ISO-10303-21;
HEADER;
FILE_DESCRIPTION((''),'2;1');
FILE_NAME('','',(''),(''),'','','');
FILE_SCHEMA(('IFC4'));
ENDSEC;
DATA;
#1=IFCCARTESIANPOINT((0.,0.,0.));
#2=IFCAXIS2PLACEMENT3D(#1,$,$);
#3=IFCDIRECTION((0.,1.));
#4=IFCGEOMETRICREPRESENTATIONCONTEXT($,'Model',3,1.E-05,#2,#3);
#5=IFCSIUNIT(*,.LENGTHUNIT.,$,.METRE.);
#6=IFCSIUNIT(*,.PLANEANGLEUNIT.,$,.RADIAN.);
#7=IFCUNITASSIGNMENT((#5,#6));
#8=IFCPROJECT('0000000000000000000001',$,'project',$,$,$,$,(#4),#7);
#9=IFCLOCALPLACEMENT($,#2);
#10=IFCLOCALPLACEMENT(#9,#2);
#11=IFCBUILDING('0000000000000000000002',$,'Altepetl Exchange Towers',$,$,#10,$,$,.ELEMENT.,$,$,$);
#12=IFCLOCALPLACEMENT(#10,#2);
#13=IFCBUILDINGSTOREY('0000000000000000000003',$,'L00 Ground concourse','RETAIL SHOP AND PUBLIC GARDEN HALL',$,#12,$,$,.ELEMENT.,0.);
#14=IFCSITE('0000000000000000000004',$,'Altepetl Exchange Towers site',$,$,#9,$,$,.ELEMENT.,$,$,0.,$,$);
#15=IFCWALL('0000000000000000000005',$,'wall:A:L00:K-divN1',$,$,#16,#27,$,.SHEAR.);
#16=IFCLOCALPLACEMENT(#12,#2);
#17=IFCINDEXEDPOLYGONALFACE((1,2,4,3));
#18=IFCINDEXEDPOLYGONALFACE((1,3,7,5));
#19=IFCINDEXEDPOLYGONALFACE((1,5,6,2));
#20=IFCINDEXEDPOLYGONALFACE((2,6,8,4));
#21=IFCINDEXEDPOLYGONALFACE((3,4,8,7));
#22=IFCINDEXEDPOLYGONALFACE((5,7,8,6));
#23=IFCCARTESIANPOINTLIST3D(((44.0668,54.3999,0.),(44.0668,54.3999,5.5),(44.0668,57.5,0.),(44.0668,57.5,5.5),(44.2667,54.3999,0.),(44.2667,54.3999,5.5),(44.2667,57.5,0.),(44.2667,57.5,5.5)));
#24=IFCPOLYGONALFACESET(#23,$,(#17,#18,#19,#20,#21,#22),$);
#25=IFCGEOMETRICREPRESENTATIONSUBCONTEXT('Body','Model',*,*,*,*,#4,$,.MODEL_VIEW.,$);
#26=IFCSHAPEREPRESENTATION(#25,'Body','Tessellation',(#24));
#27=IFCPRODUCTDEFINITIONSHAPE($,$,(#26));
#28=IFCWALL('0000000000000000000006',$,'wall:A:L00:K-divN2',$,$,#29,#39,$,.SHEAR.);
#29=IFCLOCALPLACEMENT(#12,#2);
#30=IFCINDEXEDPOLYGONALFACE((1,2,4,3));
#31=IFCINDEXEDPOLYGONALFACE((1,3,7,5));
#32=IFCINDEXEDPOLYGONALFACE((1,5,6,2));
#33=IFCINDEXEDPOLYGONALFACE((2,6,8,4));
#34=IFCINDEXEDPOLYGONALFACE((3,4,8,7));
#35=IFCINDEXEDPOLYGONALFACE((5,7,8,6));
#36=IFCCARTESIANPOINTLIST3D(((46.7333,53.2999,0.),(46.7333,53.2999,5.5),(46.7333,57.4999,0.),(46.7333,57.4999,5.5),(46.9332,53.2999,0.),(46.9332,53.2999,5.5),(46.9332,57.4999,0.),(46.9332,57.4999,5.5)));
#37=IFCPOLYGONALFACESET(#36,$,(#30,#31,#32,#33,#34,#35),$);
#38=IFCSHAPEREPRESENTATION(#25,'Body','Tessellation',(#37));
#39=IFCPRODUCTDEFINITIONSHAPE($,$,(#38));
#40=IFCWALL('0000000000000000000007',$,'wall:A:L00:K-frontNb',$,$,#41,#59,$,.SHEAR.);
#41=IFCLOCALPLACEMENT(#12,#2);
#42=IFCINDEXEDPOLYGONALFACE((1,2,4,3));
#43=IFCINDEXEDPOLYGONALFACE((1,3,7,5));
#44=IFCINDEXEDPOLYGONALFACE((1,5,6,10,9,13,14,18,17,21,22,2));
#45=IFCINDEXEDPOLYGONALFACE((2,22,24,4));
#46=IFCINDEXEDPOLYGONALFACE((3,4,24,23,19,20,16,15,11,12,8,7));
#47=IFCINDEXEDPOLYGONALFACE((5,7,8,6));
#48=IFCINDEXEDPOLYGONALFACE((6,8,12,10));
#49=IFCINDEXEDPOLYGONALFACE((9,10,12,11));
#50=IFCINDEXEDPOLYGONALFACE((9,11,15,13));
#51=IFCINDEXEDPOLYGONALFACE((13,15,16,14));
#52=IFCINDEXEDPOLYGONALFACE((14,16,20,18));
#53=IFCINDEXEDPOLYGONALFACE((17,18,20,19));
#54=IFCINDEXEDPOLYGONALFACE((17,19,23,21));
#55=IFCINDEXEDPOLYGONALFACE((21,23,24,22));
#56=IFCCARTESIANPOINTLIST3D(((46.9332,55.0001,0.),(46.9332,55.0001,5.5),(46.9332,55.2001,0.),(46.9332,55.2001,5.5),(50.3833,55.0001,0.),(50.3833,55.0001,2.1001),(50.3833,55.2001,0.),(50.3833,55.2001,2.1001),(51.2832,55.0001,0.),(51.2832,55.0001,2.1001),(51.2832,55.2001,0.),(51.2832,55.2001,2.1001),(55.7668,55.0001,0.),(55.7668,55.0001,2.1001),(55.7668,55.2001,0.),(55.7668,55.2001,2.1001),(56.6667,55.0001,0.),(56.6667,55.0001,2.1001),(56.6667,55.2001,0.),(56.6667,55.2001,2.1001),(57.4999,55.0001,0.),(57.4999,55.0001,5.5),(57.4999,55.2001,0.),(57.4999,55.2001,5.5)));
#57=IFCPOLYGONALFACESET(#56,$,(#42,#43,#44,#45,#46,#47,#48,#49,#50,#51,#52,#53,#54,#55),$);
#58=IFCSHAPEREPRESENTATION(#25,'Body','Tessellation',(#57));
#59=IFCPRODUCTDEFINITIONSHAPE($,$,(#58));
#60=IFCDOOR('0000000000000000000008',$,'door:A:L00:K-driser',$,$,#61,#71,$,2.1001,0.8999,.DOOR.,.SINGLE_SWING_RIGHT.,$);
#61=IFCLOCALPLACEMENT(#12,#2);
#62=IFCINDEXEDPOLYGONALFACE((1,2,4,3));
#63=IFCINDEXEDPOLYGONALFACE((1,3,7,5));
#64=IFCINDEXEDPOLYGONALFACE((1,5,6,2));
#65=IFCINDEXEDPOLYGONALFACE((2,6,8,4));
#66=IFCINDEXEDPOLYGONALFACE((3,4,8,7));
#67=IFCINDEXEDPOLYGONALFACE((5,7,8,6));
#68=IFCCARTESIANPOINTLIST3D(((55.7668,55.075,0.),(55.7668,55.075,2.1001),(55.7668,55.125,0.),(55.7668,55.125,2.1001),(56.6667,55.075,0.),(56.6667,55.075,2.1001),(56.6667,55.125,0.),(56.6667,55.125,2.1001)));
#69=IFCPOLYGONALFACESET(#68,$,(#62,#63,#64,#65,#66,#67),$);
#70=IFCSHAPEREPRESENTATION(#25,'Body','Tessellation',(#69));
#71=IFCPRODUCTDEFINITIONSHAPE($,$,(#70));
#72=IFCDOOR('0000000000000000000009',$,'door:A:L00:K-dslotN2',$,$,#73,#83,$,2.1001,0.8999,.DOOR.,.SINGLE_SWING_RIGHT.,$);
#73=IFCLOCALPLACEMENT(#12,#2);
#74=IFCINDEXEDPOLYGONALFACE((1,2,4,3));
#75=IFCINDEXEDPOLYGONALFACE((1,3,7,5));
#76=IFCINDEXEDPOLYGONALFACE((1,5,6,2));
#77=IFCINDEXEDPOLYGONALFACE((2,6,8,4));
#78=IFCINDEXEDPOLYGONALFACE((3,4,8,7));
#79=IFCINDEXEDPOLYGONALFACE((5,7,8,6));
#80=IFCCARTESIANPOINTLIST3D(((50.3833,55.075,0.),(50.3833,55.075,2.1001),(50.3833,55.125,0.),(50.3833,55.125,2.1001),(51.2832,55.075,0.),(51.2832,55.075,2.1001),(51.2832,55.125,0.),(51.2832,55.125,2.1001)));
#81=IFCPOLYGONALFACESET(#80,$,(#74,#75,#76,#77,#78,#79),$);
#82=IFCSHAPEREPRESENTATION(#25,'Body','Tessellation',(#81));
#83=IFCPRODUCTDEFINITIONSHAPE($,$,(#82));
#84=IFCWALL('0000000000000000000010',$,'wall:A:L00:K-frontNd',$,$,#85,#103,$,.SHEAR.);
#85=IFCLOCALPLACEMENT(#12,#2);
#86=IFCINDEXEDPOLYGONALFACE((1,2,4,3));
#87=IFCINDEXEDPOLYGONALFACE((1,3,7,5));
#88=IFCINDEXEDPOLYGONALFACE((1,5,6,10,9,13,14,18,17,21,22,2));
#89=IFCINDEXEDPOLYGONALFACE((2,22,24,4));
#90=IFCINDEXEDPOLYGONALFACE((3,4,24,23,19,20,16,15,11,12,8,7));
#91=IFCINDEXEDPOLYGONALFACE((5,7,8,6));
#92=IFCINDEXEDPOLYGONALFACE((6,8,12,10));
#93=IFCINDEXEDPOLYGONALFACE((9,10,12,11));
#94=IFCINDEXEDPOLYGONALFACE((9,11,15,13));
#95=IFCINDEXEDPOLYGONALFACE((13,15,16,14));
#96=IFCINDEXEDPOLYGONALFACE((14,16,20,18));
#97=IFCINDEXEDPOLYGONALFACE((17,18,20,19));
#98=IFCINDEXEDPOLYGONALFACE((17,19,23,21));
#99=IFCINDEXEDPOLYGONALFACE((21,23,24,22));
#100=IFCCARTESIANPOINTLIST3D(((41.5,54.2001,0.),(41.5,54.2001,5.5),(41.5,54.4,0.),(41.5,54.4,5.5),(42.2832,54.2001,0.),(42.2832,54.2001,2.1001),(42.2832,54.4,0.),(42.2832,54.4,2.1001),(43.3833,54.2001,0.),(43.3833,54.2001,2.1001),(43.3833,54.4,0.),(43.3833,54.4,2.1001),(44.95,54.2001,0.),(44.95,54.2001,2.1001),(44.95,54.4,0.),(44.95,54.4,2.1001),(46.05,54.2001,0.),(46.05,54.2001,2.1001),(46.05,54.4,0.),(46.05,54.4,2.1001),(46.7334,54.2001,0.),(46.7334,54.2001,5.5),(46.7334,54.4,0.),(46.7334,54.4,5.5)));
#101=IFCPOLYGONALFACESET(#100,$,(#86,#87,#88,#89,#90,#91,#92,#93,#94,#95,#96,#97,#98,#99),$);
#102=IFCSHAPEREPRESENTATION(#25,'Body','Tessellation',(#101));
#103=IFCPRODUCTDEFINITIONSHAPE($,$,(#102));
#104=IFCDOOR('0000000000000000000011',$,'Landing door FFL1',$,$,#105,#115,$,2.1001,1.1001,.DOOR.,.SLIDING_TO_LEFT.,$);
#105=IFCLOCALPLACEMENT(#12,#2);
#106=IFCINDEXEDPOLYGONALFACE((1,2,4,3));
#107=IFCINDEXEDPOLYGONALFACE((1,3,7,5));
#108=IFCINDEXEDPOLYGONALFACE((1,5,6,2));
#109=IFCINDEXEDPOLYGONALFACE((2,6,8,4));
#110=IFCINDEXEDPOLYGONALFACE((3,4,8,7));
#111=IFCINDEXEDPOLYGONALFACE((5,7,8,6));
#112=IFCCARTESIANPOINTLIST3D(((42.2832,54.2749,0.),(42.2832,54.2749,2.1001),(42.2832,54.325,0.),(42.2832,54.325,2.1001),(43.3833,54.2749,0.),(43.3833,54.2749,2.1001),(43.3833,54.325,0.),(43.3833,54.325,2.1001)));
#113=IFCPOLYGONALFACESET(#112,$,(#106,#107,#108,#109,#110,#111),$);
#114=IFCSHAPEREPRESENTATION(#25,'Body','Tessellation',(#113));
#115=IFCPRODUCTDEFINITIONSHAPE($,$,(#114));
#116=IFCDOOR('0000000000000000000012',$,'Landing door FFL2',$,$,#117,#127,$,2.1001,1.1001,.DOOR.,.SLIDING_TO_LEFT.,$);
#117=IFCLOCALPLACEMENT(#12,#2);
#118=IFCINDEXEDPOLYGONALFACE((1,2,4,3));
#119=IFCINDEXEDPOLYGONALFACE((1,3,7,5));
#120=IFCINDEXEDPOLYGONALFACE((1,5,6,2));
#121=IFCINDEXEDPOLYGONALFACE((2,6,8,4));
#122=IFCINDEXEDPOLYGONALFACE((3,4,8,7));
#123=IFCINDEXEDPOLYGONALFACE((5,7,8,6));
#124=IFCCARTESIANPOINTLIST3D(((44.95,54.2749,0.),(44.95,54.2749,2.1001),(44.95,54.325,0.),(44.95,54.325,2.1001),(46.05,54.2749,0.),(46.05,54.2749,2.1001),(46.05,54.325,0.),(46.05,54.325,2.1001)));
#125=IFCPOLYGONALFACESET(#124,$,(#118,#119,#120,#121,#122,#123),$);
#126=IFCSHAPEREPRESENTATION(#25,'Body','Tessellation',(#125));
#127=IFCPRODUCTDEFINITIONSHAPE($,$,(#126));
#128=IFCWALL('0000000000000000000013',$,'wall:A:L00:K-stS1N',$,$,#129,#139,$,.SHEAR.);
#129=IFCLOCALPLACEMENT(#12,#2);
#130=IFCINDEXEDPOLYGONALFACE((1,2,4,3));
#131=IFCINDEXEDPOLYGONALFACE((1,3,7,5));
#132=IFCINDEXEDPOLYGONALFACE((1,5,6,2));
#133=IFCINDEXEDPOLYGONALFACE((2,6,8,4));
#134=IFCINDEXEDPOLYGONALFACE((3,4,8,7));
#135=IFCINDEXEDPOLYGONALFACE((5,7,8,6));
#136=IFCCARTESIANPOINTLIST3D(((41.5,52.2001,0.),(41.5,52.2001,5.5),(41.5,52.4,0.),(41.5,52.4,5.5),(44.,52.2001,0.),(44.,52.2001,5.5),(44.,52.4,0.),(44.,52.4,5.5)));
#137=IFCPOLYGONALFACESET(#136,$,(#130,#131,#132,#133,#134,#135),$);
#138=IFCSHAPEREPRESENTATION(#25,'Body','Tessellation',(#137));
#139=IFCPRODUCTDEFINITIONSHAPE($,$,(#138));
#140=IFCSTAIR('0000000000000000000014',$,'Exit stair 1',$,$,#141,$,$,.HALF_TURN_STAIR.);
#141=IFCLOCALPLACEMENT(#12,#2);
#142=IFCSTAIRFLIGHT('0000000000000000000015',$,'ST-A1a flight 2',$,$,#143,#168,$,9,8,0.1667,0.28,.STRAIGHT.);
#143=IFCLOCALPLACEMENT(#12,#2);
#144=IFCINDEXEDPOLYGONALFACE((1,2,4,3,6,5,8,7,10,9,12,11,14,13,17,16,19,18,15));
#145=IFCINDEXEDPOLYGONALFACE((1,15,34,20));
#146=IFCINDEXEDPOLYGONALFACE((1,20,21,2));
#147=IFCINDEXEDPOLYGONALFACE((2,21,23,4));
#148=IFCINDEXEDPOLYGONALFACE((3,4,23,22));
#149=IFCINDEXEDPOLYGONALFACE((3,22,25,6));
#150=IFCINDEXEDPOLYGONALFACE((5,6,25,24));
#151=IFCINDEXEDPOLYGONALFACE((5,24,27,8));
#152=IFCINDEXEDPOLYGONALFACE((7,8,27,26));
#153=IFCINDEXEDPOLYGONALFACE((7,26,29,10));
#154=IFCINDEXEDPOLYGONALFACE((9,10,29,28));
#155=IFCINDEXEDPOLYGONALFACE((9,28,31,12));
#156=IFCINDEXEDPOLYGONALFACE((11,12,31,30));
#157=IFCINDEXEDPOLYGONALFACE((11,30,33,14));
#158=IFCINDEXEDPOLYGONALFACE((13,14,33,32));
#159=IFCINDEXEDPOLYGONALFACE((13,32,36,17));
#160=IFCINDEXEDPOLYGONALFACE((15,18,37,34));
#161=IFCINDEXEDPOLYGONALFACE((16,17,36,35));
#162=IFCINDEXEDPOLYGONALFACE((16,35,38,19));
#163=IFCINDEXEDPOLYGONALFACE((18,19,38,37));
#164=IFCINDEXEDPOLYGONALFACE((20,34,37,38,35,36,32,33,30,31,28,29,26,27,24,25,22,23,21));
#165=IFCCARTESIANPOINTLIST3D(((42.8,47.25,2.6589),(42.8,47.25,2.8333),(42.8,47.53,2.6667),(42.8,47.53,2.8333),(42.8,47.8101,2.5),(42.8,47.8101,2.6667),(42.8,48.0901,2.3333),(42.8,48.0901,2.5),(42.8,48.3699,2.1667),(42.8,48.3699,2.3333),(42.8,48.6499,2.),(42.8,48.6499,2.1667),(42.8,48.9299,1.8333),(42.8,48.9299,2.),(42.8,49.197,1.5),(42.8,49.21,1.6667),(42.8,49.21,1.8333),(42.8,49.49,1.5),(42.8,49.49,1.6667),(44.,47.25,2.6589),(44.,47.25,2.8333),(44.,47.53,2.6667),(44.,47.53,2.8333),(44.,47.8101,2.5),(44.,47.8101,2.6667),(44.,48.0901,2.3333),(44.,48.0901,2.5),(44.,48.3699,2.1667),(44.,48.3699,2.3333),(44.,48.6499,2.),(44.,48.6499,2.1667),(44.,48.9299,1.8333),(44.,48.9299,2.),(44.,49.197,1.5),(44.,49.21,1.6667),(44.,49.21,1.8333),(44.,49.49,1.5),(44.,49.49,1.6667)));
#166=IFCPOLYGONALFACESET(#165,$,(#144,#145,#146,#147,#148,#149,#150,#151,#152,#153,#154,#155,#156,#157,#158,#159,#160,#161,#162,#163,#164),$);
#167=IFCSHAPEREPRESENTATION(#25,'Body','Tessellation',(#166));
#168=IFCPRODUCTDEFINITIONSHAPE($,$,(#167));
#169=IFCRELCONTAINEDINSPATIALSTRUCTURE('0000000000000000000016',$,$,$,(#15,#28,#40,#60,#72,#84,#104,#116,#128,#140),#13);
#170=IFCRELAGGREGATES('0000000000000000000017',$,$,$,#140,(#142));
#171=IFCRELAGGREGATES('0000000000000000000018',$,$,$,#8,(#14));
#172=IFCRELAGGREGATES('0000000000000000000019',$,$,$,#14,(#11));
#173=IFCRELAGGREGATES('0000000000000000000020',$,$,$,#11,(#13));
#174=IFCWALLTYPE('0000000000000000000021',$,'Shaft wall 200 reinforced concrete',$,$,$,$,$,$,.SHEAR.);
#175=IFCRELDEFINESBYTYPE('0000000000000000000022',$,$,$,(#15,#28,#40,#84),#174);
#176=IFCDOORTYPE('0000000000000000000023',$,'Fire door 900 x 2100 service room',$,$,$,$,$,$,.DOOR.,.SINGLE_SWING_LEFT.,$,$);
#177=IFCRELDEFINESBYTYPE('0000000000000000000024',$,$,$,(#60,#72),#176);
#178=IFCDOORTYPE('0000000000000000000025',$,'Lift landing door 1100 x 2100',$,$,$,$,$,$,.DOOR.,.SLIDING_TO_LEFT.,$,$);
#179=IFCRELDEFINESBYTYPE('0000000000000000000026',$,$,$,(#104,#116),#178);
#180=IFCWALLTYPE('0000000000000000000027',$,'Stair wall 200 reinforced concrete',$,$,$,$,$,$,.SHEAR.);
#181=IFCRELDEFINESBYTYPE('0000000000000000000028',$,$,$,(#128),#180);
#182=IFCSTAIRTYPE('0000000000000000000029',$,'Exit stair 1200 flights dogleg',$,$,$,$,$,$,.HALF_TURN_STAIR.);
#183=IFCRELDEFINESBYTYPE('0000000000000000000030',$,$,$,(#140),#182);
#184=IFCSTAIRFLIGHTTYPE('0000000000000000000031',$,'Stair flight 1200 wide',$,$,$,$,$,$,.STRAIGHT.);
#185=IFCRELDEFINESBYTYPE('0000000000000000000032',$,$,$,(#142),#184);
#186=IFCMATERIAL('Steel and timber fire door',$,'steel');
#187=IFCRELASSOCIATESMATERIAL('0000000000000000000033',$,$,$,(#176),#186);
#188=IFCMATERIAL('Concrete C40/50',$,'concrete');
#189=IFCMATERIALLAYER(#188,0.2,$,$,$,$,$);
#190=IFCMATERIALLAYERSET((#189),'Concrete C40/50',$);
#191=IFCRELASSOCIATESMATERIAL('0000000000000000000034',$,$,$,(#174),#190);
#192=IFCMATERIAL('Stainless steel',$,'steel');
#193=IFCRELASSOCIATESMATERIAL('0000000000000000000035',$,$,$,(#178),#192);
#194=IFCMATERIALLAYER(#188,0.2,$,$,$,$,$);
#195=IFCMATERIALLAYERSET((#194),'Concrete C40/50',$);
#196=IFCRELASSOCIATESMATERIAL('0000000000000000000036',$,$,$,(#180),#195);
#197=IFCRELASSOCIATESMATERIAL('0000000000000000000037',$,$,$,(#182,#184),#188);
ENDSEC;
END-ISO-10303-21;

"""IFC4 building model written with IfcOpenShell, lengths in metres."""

from ifc_helpers import new_model, si_unit, direction, frame, frame_2d, origin, place, context, subcontext, project, spatial, polyline, rectangle, outline, extrude, material, layer, layer_set, type_object, element, fill, aggregate, save


model = new_model("IFC4")

# Units and contexts
model_context = context("Model", 3, precision=1e-05, world=origin(), true_north=direction((0.0, 1.0)))
body_context = subcontext(model_context, "Body", "Model", "MODEL_VIEW")
ifc_project = project(units=[si_unit("LENGTHUNIT", "METRE"), si_unit("PLANEANGLEUNIT", "RADIAN")], contexts=[model_context])

# Site, building, storey
site_placement = place(None, origin())
site = spatial("IfcSite", under=ifc_project, at=site_placement, Name="Altepetl Exchange Towers site", CompositionType="ELEMENT", RefElevation=0.0)
building_placement = place(site_placement, origin())
building = spatial("IfcBuilding", under=site, at=building_placement, Name="Altepetl Exchange Towers", CompositionType="ELEMENT")
storey_placement = place(building_placement, origin())
storey = spatial("IfcBuildingStorey", under=building, at=storey_placement, Name="L00 Ground concourse", Description="RETAIL SHOP AND PUBLIC GARDEN HALL", CompositionType="ELEMENT", Elevation=0.0)

# Shared definitions
ifc_material_1 = material(Name="Steel and timber fire door", Category="steel")
door_type_1 = type_object("IfcDoorType", Name="Fire door 900 x 2100 service room", OperationType="SINGLE_SWING_LEFT", PredefinedType="DOOR", material=ifc_material_1)

# Walls
ifc_material_2 = material(Name="Concrete C40/50", Category="concrete")
ifc_layer_1 = layer(ifc_material_2, 0.2)
ifc_layer_set_1 = layer_set([ifc_layer_1], Name="Concrete C40/50")
wall_type_1 = type_object("IfcWallType", Name="Shaft wall 200 reinforced concrete", PredefinedType="SHEAR", material=ifc_layer_set_1)
wall_1_placement = place(storey_placement, frame((44.1667, 57.5, 0.0), z_axis=(0.0, 0.0, 1.0), x_axis=(0.0, -1.0, 0.0)))
element("IfcWall", 1, at=wall_1_placement, inside=storey, type_object=wall_type_1, Name="wall:A:L00:K-divN1", PredefinedType="SHEAR", context=body_context, shape_type="SweptSolid", body=[
    extrude(rectangle(XDim=3.1001, YDim=0.2, at=frame_2d((1.55, 0.0))), origin(), (0.0, 0.0, 1.0), 5.5),
])
wall_2_placement = place(storey_placement, frame((46.8333, 57.5, 0.0), z_axis=(0.0, 0.0, 1.0), x_axis=(0.0, -1.0, 0.0)))
element("IfcWall", 2, at=wall_2_placement, inside=storey, type_object=wall_type_1, Name="wall:A:L00:K-divN2", PredefinedType="SHEAR", context=body_context, shape_type="SweptSolid", body=[
    extrude(rectangle(XDim=4.2, YDim=0.2, at=frame_2d((2.1001, 0.0))), origin(), (0.0, 0.0, 1.0), 5.5),
])

# Walls, openings, doors
wall_3_placement = place(storey_placement, frame((46.9333, 55.1001, 0.0)))
wall_3 = element("IfcWall", 3, at=wall_3_placement, inside=storey, type_object=wall_type_1, Name="wall:A:L00:K-frontNb", PredefinedType="SHEAR", context=body_context, shape_type="SweptSolid", body=[
    extrude(rectangle(XDim=10.5667, YDim=0.2, at=frame_2d((5.2832, 0.0))), origin(), (0.0, 0.0, 1.0), 5.5),
])
opening_1_placement = place(wall_3_placement, frame((8.8335, 0.0, 0.0)))
opening_1 = element("IfcOpeningElement", 4, at=opening_1_placement, cuts=wall_3, PredefinedType="OPENING", context=body_context, shape_type="SweptSolid", body=[
    extrude(rectangle(XDim=0.8999, YDim=2.1001, at=frame_2d((0.45, 1.05))), frame((0.0, 0.1099, 0.0), z_axis=(0.0, -1.0, 0.0), x_axis=(1.0, 0.0, 0.0)), (0.0, 0.0, 1.0), 0.22),
])
opening_2_placement = place(wall_3_placement, frame((3.45, 0.0, 0.0)))
opening_2 = element("IfcOpeningElement", 5, at=opening_2_placement, cuts=wall_3, PredefinedType="OPENING", context=body_context, shape_type="SweptSolid", body=[
    extrude(rectangle(XDim=0.8999, YDim=2.1001, at=frame_2d((0.45, 1.05))), frame((0.0, 0.1099, 0.0), z_axis=(0.0, -1.0, 0.0), x_axis=(1.0, 0.0, 0.0)), (0.0, 0.0, 1.0), 0.22),
])
door_1_placement = place(opening_1_placement, origin())
door_1 = element("IfcDoor", 6, at=door_1_placement, inside=storey, type_object=door_type_1, Name="door:A:L00:K-driser", OperationType="SINGLE_SWING_RIGHT", OverallHeight=2.1001, OverallWidth=0.8999, PredefinedType="DOOR", context=body_context, shape_type="SweptSolid", body=[
    extrude(rectangle(XDim=0.8999, YDim=2.1001, at=frame_2d((0.45, 1.05))), frame((0.0, 0.0249, 0.0), z_axis=(0.0, -1.0, 0.0), x_axis=(1.0, 0.0, 0.0)), (0.0, 0.0, 1.0), 0.05),
])
fill(opening_1, door_1)
door_2_placement = place(opening_2_placement, origin())
door_2 = element("IfcDoor", 7, at=door_2_placement, inside=storey, type_object=door_type_1, Name="door:A:L00:K-dslotN2", OperationType="SINGLE_SWING_RIGHT", OverallHeight=2.1001, OverallWidth=0.8999, PredefinedType="DOOR", context=body_context, shape_type="SweptSolid", body=[
    extrude(rectangle(XDim=0.8999, YDim=2.1001, at=frame_2d((0.45, 1.05))), frame((0.0, 0.0249, 0.0), z_axis=(0.0, -1.0, 0.0), x_axis=(1.0, 0.0, 0.0)), (0.0, 0.0, 1.0), 0.05),
])
fill(opening_2, door_2)
wall_4_placement = place(storey_placement, frame((41.5, 54.3, 0.0)))
wall_4 = element("IfcWall", 8, at=wall_4_placement, inside=storey, type_object=wall_type_1, Name="wall:A:L00:K-frontNd", PredefinedType="SHEAR", context=body_context, shape_type="SweptSolid", body=[
    extrude(rectangle(XDim=5.2334, YDim=0.2, at=frame_2d((2.6167, 0.0))), origin(), (0.0, 0.0, 1.0), 5.5),
])
opening_3_placement = place(wall_4_placement, frame((0.7832, 0.0, 0.0)))
opening_3 = element("IfcOpeningElement", 9, at=opening_3_placement, cuts=wall_4, PredefinedType="OPENING", context=body_context, shape_type="SweptSolid", body=[
    extrude(rectangle(XDim=1.1001, YDim=2.1001, at=frame_2d((0.55, 1.05))), frame((0.0, 0.1099, 0.0), z_axis=(0.0, -1.0, 0.0), x_axis=(1.0, 0.0, 0.0)), (0.0, 0.0, 1.0), 0.22),
])
opening_4_placement = place(wall_4_placement, frame((3.45, 0.0, 0.0)))
opening_4 = element("IfcOpeningElement", 10, at=opening_4_placement, cuts=wall_4, PredefinedType="OPENING", context=body_context, shape_type="SweptSolid", body=[
    extrude(rectangle(XDim=1.1001, YDim=2.1001, at=frame_2d((0.55, 1.05))), frame((0.0, 0.1099, 0.0), z_axis=(0.0, -1.0, 0.0), x_axis=(1.0, 0.0, 0.0)), (0.0, 0.0, 1.0), 0.22),
])
ifc_material_3 = material(Name="Stainless steel", Category="steel")
door_type_2 = type_object("IfcDoorType", Name="Lift landing door 1100 x 2100", OperationType="SLIDING_TO_LEFT", PredefinedType="DOOR", material=ifc_material_3)
door_3_placement = place(opening_3_placement, origin())
door_3 = element("IfcDoor", 11, at=door_3_placement, inside=storey, type_object=door_type_2, Name="Landing door FFL1", OperationType="SLIDING_TO_LEFT", OverallHeight=2.1001, OverallWidth=1.1001, PredefinedType="DOOR", context=body_context, shape_type="SweptSolid", body=[
    extrude(rectangle(XDim=1.1001, YDim=2.1001, at=frame_2d((0.55, 1.05))), frame((0.0, 0.0249, 0.0), z_axis=(0.0, -1.0, 0.0), x_axis=(1.0, 0.0, 0.0)), (0.0, 0.0, 1.0), 0.05),
])
fill(opening_3, door_3)
door_4_placement = place(opening_4_placement, origin())
door_4 = element("IfcDoor", 12, at=door_4_placement, inside=storey, type_object=door_type_2, Name="Landing door FFL2", OperationType="SLIDING_TO_LEFT", OverallHeight=2.1001, OverallWidth=1.1001, PredefinedType="DOOR", context=body_context, shape_type="SweptSolid", body=[
    extrude(rectangle(XDim=1.1001, YDim=2.1001, at=frame_2d((0.55, 1.05))), frame((0.0, 0.0249, 0.0), z_axis=(0.0, -1.0, 0.0), x_axis=(1.0, 0.0, 0.0)), (0.0, 0.0, 1.0), 0.05),
])
fill(opening_4, door_4)

# Wall
ifc_layer_2 = layer(ifc_material_2, 0.2)
ifc_layer_set_2 = layer_set([ifc_layer_2], Name="Concrete C40/50")
wall_type_2 = type_object("IfcWallType", Name="Stair wall 200 reinforced concrete", PredefinedType="SHEAR", material=ifc_layer_set_2)
wall_5_placement = place(storey_placement, frame((41.5, 52.3, 0.0)))
element("IfcWall", 13, at=wall_5_placement, inside=storey, type_object=wall_type_2, Name="wall:A:L00:K-stS1N", PredefinedType="SHEAR", context=body_context, shape_type="SweptSolid", body=[
    extrude(rectangle(XDim=2.5, YDim=0.2, at=frame_2d((1.25, 0.0))), origin(), (0.0, 0.0, 1.0), 5.5),
])

# Stair, stair flight
stair_type = type_object("IfcStairType", Name="Exit stair 1200 flights dogleg", PredefinedType="HALF_TURN_STAIR", material=ifc_material_2)
stair_placement = place(storey_placement, origin())
stair = element("IfcStair", 14, at=stair_placement, inside=storey, type_object=stair_type, Name="Exit stair 1", PredefinedType="HALF_TURN_STAIR")
stair_flight_type = type_object("IfcStairFlightType", Name="Stair flight 1200 wide", PredefinedType="STRAIGHT", material=ifc_material_2)
stair_flight_1_placement = place(storey_placement, frame((43.3999, 49.49, 1.5), z_axis=(0.0, 0.0, 1.0), x_axis=(0.0, -1.0, 0.0)))
stair_flight_1 = element("IfcStairFlight", 15, at=stair_flight_1_placement, type_object=stair_flight_type, Name="ST-A1a flight 2", NumberOfRisers=9, NumberOfTreads=8, PredefinedType="STRAIGHT", RiserHeight=0.1667, TreadLength=0.28, context=body_context, shape_type="SweptSolid", body=[
    extrude(outline(polyline([(0.0, 0.0), (0.0, 0.1667), (0.28, 0.1667), (0.28, 0.3333), (0.5601, 0.3333), (0.5601, 0.5), (0.8401, 0.5), (0.8401, 0.6667), (1.1201, 0.6667), (1.1201, 0.8333), (1.3999, 0.8333), (1.3999, 1.0), (1.6799, 1.0), (1.6799, 1.1667), (1.96, 1.1667), (1.96, 1.3333), (2.24, 1.3333), (2.24, 1.5), (2.24, 1.1589), (0.293, 0.0), (0.0, 0.0)])), frame((0.0, 0.6001, 0.0), z_axis=(0.0, -1.0, 0.0), x_axis=(1.0, 0.0, 0.0)), (0.0, 0.0, 1.0), 1.2),
])
aggregate(stair, [stair_flight_1])

save(model, "model.ifc")
